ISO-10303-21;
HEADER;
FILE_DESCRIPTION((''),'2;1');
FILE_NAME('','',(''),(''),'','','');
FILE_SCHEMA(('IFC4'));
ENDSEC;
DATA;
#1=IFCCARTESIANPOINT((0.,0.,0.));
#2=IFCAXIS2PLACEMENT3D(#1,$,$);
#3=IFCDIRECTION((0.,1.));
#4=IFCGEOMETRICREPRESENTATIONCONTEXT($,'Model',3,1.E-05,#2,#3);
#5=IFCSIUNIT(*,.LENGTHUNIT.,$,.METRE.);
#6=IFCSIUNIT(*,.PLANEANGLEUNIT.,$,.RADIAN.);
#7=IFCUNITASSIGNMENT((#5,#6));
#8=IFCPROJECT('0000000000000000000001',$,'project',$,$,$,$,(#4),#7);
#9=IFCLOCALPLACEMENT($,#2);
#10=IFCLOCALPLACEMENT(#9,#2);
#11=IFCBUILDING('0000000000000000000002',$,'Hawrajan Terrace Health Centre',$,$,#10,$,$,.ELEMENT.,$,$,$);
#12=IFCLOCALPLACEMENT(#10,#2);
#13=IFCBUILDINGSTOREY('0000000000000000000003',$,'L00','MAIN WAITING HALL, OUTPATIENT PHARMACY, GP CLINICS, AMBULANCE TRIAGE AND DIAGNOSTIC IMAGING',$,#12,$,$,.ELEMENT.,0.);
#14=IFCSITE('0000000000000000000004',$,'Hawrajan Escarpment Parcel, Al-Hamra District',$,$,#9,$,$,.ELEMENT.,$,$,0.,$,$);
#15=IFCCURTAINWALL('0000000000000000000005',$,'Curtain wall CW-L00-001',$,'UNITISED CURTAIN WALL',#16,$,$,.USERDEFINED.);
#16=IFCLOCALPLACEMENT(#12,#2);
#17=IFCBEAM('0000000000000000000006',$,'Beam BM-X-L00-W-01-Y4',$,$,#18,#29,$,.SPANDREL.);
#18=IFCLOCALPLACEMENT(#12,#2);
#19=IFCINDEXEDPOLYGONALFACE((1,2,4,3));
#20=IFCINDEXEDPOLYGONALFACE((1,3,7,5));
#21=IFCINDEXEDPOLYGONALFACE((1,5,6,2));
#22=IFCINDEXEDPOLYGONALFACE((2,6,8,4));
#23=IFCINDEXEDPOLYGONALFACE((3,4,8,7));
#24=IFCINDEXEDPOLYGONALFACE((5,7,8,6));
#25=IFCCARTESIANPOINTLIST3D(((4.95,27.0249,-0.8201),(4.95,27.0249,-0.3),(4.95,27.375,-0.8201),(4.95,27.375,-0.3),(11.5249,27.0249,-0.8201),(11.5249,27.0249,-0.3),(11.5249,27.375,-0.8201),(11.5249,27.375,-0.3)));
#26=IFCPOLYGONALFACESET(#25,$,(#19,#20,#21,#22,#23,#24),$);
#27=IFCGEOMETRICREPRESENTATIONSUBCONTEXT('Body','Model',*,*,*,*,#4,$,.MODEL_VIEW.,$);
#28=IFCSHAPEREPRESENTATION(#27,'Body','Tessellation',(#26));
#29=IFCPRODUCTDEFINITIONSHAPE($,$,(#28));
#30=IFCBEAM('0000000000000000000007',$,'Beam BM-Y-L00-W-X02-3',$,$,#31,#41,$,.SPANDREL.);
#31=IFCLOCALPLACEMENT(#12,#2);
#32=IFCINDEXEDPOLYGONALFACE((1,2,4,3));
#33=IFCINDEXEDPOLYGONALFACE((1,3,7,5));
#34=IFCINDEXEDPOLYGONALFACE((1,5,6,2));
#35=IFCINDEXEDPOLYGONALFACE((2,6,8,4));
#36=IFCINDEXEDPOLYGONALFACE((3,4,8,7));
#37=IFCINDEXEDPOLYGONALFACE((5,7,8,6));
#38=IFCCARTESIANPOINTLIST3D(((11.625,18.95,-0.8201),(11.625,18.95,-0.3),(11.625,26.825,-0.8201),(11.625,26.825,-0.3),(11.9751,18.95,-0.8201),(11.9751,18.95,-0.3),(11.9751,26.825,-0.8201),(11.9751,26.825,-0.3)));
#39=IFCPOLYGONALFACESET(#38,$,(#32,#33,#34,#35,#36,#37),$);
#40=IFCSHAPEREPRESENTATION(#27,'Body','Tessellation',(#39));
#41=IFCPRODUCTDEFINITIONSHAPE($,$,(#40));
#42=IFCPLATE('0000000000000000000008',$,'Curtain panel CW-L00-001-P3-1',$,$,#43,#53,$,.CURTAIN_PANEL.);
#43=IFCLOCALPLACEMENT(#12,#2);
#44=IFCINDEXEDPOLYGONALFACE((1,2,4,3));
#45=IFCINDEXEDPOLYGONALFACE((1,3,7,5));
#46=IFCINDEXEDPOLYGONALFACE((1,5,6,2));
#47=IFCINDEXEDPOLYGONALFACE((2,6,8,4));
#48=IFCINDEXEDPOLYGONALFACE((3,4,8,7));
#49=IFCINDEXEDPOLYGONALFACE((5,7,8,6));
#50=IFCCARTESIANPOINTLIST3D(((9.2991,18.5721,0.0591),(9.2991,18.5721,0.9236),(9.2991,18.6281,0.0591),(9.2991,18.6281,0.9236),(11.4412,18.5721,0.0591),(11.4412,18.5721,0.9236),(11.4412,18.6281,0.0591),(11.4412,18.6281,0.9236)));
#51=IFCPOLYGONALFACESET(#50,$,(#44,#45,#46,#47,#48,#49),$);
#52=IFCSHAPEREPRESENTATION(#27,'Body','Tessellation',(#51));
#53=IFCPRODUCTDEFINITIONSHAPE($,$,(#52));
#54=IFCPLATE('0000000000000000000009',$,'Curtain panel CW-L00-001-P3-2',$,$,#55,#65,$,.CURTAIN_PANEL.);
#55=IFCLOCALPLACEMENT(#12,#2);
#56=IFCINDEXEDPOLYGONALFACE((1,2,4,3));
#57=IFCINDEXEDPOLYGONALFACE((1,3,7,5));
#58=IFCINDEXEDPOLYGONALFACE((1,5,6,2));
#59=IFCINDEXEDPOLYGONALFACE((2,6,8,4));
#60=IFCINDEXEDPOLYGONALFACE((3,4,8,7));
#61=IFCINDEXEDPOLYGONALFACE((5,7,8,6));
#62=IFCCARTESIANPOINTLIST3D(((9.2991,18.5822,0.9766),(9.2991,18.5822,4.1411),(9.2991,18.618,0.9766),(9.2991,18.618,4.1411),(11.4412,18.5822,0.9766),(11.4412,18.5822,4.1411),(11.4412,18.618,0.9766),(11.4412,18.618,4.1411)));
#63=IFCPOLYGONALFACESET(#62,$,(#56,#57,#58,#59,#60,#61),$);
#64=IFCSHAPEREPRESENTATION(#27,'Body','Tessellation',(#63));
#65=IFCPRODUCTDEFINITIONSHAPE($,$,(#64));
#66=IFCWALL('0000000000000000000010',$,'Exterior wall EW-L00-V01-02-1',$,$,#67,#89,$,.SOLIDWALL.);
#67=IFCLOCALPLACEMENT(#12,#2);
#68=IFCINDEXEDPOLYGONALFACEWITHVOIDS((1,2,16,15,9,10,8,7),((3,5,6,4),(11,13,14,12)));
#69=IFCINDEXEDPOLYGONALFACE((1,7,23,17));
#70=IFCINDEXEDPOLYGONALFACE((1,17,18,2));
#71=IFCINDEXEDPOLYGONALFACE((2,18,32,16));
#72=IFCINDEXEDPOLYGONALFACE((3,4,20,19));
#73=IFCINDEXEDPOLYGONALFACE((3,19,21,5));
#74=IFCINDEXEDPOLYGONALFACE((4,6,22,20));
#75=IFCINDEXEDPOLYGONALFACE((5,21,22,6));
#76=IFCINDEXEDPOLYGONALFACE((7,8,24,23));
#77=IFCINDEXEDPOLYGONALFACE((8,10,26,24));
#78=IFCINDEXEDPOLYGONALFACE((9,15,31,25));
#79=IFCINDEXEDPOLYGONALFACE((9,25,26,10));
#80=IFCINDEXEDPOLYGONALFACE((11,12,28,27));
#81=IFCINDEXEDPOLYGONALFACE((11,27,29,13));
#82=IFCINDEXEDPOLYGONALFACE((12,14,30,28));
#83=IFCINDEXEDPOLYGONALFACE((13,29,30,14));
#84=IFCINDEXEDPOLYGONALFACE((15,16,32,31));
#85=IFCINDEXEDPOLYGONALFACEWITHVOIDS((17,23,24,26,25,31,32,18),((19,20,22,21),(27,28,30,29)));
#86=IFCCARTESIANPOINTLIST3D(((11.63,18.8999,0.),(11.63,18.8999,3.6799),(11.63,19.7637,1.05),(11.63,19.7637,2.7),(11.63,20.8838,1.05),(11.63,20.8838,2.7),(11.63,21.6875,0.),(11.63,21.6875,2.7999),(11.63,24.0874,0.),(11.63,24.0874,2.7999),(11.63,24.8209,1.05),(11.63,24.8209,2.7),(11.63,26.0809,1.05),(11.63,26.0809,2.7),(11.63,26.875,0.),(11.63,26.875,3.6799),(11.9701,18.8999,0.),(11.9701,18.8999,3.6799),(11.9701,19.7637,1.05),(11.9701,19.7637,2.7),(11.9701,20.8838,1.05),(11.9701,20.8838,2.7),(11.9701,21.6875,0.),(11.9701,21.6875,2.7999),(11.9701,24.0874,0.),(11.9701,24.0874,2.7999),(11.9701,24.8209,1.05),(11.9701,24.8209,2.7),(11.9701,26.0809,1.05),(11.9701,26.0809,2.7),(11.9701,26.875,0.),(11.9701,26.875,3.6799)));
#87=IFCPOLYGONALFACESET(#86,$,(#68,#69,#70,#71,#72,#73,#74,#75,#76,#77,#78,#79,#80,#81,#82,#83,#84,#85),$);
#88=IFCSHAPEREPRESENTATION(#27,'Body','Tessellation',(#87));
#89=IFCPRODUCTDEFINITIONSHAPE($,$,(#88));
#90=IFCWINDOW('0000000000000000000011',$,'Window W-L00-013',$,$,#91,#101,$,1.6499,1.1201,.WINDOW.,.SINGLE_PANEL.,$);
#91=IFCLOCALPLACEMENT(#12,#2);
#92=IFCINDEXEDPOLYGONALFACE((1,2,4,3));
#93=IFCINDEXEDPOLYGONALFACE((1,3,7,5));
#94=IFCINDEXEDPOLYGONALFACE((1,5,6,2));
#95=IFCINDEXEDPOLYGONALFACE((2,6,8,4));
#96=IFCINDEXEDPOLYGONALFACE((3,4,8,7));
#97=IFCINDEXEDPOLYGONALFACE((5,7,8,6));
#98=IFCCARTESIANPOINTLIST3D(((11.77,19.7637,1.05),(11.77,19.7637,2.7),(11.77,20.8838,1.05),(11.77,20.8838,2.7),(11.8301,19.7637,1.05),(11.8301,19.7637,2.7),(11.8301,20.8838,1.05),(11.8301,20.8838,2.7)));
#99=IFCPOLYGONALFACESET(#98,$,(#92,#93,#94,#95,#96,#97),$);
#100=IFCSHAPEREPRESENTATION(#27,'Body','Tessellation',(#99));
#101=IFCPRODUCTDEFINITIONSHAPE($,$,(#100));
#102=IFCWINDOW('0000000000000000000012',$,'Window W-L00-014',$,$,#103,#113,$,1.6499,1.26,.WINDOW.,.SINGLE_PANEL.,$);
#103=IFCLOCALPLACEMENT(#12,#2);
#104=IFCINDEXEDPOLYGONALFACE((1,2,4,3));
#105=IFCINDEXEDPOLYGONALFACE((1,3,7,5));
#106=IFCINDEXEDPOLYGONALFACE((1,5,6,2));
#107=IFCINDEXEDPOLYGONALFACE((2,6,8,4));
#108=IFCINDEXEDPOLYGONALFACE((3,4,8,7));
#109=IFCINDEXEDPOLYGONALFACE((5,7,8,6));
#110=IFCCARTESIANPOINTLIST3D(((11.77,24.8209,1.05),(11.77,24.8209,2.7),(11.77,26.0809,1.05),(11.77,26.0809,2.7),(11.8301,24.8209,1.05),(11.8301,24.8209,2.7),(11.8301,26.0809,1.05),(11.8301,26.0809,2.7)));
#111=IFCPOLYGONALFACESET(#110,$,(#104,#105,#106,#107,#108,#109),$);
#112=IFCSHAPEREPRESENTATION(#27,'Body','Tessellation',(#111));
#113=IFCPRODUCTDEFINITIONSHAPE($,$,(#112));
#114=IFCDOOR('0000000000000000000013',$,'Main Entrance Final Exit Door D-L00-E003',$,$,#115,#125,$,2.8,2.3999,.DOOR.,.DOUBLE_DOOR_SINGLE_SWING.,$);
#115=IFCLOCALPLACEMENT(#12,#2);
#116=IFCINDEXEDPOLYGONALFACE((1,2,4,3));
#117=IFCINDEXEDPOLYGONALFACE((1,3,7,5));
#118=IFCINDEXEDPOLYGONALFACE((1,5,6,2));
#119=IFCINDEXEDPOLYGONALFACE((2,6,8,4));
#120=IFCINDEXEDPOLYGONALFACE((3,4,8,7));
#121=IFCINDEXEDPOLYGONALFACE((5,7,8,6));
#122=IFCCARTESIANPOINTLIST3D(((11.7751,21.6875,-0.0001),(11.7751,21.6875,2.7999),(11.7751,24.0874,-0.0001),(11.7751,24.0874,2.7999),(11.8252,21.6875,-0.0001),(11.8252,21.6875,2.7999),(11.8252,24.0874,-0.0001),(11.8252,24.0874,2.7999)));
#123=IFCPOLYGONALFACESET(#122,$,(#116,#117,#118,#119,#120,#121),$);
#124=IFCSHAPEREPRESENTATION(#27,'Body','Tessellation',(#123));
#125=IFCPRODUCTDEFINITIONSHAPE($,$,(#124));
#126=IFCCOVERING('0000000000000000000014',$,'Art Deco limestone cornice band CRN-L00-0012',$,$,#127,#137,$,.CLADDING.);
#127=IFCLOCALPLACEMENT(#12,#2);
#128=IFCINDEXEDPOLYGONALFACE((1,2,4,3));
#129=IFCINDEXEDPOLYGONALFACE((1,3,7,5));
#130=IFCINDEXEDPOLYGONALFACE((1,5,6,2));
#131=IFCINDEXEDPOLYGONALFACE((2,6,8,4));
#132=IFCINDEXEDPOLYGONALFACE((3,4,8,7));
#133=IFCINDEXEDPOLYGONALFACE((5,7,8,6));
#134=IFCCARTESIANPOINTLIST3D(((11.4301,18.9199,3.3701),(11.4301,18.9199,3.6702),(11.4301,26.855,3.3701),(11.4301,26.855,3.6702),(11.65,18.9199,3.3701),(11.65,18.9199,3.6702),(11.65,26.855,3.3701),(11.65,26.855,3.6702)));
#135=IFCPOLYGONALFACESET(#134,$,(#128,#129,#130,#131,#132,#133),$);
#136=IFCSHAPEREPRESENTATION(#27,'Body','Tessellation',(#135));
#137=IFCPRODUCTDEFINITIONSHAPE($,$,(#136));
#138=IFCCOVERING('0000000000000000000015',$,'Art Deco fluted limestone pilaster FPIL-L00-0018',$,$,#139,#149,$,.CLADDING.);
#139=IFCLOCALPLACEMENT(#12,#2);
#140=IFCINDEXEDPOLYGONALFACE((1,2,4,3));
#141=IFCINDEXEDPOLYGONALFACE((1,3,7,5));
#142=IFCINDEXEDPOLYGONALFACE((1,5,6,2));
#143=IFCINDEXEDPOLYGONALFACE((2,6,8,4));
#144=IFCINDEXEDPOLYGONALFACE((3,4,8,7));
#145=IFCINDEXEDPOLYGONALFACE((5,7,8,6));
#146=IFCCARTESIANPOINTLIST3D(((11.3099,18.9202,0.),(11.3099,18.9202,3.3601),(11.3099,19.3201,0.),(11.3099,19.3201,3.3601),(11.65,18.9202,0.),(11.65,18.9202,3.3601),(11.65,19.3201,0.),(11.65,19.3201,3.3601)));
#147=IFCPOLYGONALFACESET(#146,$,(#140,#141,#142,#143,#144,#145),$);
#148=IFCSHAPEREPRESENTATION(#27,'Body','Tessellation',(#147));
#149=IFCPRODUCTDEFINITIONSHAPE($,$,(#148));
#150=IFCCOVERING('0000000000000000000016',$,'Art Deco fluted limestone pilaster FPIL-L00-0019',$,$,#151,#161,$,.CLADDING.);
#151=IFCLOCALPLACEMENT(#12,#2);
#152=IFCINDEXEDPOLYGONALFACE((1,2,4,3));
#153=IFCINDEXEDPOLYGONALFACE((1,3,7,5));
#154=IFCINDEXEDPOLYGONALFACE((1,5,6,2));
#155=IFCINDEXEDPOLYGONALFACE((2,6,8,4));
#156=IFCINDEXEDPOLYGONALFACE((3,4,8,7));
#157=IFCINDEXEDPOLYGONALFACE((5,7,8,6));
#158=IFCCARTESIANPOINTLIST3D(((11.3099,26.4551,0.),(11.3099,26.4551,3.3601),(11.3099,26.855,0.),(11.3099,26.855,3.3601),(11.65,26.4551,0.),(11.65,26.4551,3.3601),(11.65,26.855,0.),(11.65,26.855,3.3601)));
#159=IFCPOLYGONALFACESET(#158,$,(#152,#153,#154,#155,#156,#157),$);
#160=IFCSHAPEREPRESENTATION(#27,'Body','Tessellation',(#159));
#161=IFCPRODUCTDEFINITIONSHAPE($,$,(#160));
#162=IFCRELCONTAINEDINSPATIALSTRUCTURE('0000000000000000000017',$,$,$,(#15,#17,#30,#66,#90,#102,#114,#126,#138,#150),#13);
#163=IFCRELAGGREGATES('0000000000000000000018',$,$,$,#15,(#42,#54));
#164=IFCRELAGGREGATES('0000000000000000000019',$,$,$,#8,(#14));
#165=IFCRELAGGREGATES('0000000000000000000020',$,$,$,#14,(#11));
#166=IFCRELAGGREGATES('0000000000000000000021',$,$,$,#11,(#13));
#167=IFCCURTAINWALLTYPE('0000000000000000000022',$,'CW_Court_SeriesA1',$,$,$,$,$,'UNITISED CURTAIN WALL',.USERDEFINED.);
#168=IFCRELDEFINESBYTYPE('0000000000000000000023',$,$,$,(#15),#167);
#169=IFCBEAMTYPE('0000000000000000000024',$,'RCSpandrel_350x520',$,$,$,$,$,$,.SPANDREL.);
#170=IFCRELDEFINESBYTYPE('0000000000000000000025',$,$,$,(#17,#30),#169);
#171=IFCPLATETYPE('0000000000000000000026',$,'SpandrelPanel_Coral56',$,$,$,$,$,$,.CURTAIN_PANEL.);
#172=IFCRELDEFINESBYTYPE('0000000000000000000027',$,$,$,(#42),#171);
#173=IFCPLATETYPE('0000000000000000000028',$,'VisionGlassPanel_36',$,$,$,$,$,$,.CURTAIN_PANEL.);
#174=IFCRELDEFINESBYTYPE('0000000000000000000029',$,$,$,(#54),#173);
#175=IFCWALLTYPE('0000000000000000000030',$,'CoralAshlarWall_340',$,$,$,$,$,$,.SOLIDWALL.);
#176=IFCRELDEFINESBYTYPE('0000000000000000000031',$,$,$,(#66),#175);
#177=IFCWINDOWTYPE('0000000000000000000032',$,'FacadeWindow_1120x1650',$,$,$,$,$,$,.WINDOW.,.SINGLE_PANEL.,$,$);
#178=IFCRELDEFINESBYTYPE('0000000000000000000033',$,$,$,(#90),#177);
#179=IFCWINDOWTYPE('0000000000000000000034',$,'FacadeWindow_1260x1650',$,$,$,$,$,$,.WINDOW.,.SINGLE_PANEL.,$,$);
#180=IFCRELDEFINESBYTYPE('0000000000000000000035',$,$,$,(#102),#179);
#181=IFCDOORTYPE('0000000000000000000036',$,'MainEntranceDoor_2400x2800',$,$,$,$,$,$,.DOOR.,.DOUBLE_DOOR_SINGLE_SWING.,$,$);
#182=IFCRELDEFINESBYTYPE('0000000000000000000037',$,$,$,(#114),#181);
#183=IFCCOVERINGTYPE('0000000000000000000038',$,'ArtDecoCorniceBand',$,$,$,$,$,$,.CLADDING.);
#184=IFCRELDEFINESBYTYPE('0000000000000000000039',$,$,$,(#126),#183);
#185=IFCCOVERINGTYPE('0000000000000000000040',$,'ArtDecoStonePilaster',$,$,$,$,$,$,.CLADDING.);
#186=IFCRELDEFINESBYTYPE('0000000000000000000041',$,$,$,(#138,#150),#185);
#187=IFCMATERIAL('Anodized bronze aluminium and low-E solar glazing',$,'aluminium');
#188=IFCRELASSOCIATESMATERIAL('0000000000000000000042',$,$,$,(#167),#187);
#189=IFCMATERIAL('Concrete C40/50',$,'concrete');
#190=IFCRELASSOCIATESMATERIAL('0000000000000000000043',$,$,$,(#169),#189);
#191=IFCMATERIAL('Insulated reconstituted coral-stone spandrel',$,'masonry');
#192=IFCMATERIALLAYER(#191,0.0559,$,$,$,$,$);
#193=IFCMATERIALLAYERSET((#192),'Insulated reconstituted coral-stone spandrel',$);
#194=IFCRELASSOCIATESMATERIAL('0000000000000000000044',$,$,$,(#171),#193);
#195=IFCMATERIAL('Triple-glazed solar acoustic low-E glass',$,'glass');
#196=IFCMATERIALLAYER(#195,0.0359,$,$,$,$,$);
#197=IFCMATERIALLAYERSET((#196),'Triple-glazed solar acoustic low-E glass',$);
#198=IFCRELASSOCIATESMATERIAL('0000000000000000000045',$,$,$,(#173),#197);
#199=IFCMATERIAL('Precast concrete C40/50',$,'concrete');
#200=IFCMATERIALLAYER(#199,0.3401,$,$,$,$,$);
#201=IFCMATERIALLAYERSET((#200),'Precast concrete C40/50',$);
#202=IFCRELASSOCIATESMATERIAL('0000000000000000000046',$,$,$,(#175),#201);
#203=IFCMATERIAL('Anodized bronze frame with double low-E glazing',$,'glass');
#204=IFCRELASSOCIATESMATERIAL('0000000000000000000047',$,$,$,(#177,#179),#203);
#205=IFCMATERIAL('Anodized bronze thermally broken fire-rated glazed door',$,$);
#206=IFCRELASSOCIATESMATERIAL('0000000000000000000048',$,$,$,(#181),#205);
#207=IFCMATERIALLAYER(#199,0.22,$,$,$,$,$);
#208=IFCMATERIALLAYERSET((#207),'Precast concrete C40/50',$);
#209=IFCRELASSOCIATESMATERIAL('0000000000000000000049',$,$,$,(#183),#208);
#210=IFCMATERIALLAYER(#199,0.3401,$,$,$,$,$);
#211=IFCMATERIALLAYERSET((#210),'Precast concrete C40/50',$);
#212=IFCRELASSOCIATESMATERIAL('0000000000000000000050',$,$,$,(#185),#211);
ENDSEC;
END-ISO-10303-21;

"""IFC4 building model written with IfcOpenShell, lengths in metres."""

from ifc_helpers import new_model, si_unit, direction, frame, frame_2d, origin, origin_2d, place, context, subcontext, project, spatial, rectangle, extrude, material, layer, layer_set, material_profile, profile_set, type_object, element, fill, aggregate, save


model = new_model("IFC4")

# Units and contexts
model_context = context("Model", 3, precision=1e-05, world=origin(), true_north=direction((0.0, 1.0)))
body_context = subcontext(model_context, "Body", "Model", "MODEL_VIEW")
ifc_project = project(units=[si_unit("LENGTHUNIT", "METRE"), si_unit("PLANEANGLEUNIT", "RADIAN")], contexts=[model_context])

# Site, building, storey
site_placement = place(None, origin())
site = spatial("IfcSite", under=ifc_project, at=site_placement, Name="Hawrajan Escarpment Parcel, Al-Hamra District", CompositionType="ELEMENT", RefElevation=0.0)
building_placement = place(site_placement, origin())
building = spatial("IfcBuilding", under=site, at=building_placement, Name="Hawrajan Terrace Health Centre", CompositionType="ELEMENT")
storey_placement = place(building_placement, origin())
storey = spatial("IfcBuildingStorey", under=building, at=storey_placement, Name="L00", Description="MAIN WAITING HALL, OUTPATIENT PHARMACY, GP CLINICS, AMBULANCE TRIAGE AND DIAGNOSTIC IMAGING", CompositionType="ELEMENT", Elevation=0.0)

# Shared definitions
ifc_material_1 = material(Name="Concrete C40/50", Category="concrete")

# Curtain wall
ifc_material_2 = material(Name="Anodized bronze aluminium and low-E solar glazing", Category="aluminium")
curtain_wall_type_1 = type_object("IfcCurtainWallType", Name="CW_Court_SeriesA1", ElementType="UNITISED CURTAIN WALL", PredefinedType="USERDEFINED", material=ifc_material_2)
curtain_wall_1_placement = place(storey_placement, origin())
curtain_wall_1 = element("IfcCurtainWall", 1, at=curtain_wall_1_placement, inside=storey, type_object=curtain_wall_type_1, Name="Curtain wall CW-L00-001", ObjectType="UNITISED CURTAIN WALL", PredefinedType="USERDEFINED")

# Beams
ifc_material_profile_1 = material_profile(ifc_material_1, rectangle(XDim=0.3501, YDim=0.52, at=origin_2d()), Name="RC SP 350x520")
ifc_profile_set_1 = profile_set([ifc_material_profile_1], Name="Concrete C40/50")
beam_type = type_object("IfcBeamType", Name="RCSpandrel_350x520", PredefinedType="SPANDREL", material=ifc_profile_set_1)
beam_1_placement = place(storey_placement, frame((4.95, 27.2, -0.5601), z_axis=(1.0, 0.0, 0.0), x_axis=(0.0, 1.0, 0.0)))
element("IfcBeam", 2, at=beam_1_placement, inside=storey, type_object=beam_type, Name="Beam BM-X-L00-W-01-Y4", PredefinedType="SPANDREL", context=body_context, shape_type="SweptSolid", body=[
    extrude(rectangle(XDim=0.3501, YDim=0.52, at=origin_2d()), origin(), (0.0, 0.0, 1.0), 6.575),
])
beam_2_placement = place(storey_placement, frame((11.8, 18.95, -0.5601), z_axis=(0.0, 1.0, 0.0), x_axis=(-1.0, 0.0, 0.0)))
element("IfcBeam", 3, at=beam_2_placement, inside=storey, type_object=beam_type, Name="Beam BM-Y-L00-W-X02-3", PredefinedType="SPANDREL", context=body_context, shape_type="SweptSolid", body=[
    extrude(rectangle(XDim=0.3501, YDim=0.52, at=origin_2d()), origin(), (0.0, 0.0, 1.0), 7.875),
])

# Plates
ifc_material_3 = material(Name="Insulated reconstituted coral-stone spandrel", Category="masonry")
ifc_layer_1 = layer(ifc_material_3, 0.0559)
ifc_layer_set_1 = layer_set([ifc_layer_1], Name="Insulated reconstituted coral-stone spandrel")
plate_type_1 = type_object("IfcPlateType", Name="SpandrelPanel_Coral56", PredefinedType="CURTAIN_PANEL", material=ifc_layer_set_1)
plate_1_placement = place(storey_placement, frame((10.3701, 18.6001, 0.0591), z_axis=(0.0, 0.0, 1.0), x_axis=(1.0, 0.0, 0.0)))
plate_1 = element("IfcPlate", 4, at=plate_1_placement, type_object=plate_type_1, Name="Curtain panel CW-L00-001-P3-1", PredefinedType="CURTAIN_PANEL", context=body_context, shape_type="SweptSolid", body=[
    extrude(rectangle(XDim=2.1421, YDim=0.0559, at=origin_2d()), origin(), (0.0, 0.0, 1.0), 0.8645),
])
ifc_material_4 = material(Name="Triple-glazed solar acoustic low-E glass", Category="glass")
ifc_layer_2 = layer(ifc_material_4, 0.0359)
ifc_layer_set_2 = layer_set([ifc_layer_2], Name="Triple-glazed solar acoustic low-E glass")
plate_type_2 = type_object("IfcPlateType", Name="VisionGlassPanel_36", PredefinedType="CURTAIN_PANEL", material=ifc_layer_set_2)
plate_2_placement = place(storey_placement, frame((10.3701, 18.6001, 0.9766), z_axis=(0.0, 0.0, 1.0), x_axis=(1.0, 0.0, 0.0)))
plate_2 = element("IfcPlate", 5, at=plate_2_placement, type_object=plate_type_2, Name="Curtain panel CW-L00-001-P3-2", PredefinedType="CURTAIN_PANEL", context=body_context, shape_type="SweptSolid", body=[
    extrude(rectangle(XDim=2.1421, YDim=0.0359, at=origin_2d()), origin(), (0.0, 0.0, 1.0), 3.1646),
])
aggregate(curtain_wall_1, [plate_1, plate_2])

# Wall, openings, windows, door
ifc_material_5 = material(Name="Precast concrete C40/50", Category="concrete")
ifc_layer_3 = layer(ifc_material_5, 0.3401)
ifc_layer_set_3 = layer_set([ifc_layer_3], Name="Precast concrete C40/50")
wall_type = type_object("IfcWallType", Name="CoralAshlarWall_340", PredefinedType="SOLIDWALL", material=ifc_layer_set_3)
wall_placement = place(storey_placement, frame((11.8, 18.8999, 0.0), z_axis=(0.0, 0.0, 1.0), x_axis=(0.0, 1.0, 0.0)))
wall = element("IfcWall", 6, at=wall_placement, inside=storey, type_object=wall_type, Name="Exterior wall EW-L00-V01-02-1", PredefinedType="SOLIDWALL", context=body_context, shape_type="SweptSolid", body=[
    extrude(rectangle(XDim=7.9751, YDim=0.3401, at=frame_2d((3.9875, 0.0))), origin(), (0.0, 0.0, 1.0), 3.6799),
])
opening_1_placement = place(wall_placement, frame((2.7876, 0.0, 0.0)))
opening_1 = element("IfcOpeningElement", 7, at=opening_1_placement, cuts=wall, PredefinedType="OPENING", context=body_context, shape_type="SweptSolid", body=[
    extrude(rectangle(XDim=2.3999, YDim=2.8, at=frame_2d((1.2, 1.3999))), frame((0.0, 0.1799, 0.0), z_axis=(0.0, -1.0, 0.0), x_axis=(1.0, 0.0, 0.0)), (0.0, 0.0, 1.0), 0.3601),
])
opening_2_placement = place(wall_placement, frame((0.8638, 0.0, 1.05)))
opening_2 = element("IfcOpeningElement", 8, at=opening_2_placement, cuts=wall, PredefinedType="OPENING", context=body_context, shape_type="SweptSolid", body=[
    extrude(rectangle(XDim=1.1201, YDim=1.6499, at=frame_2d((0.5601, 0.825))), frame((0.0, 0.1799, 0.0), z_axis=(0.0, -1.0, 0.0), x_axis=(1.0, 0.0, 0.0)), (0.0, 0.0, 1.0), 0.3601),
])
opening_3_placement = place(wall_placement, frame((5.9211, 0.0, 1.05)))
opening_3 = element("IfcOpeningElement", 9, at=opening_3_placement, cuts=wall, PredefinedType="OPENING", context=body_context, shape_type="SweptSolid", body=[
    extrude(rectangle(XDim=1.26, YDim=1.6499, at=frame_2d((0.6299, 0.825))), frame((0.0, 0.1799, 0.0), z_axis=(0.0, -1.0, 0.0), x_axis=(1.0, 0.0, 0.0)), (0.0, 0.0, 1.0), 0.3601),
])
ifc_material_6 = material(Name="Anodized bronze frame with double low-E glazing", Category="glass")
window_type_1 = type_object("IfcWindowType", Name="FacadeWindow_1120x1650", PartitioningType="SINGLE_PANEL", PredefinedType="WINDOW", material=ifc_material_6)
window_1_placement = place(opening_2_placement, origin())
window_1 = element("IfcWindow", 10, at=window_1_placement, inside=storey, type_object=window_type_1, Name="Window W-L00-013", OverallHeight=1.6499, OverallWidth=1.1201, PartitioningType="SINGLE_PANEL", PredefinedType="WINDOW", context=body_context, shape_type="SweptSolid", body=[
    extrude(rectangle(XDim=1.1201, YDim=1.6499, at=frame_2d((0.5601, 0.825))), frame((0.0, 0.03, 0.0), z_axis=(0.0, -1.0, 0.0), x_axis=(1.0, 0.0, 0.0)), (0.0, 0.0, 1.0), 0.0601),
])
fill(opening_2, window_1)
window_type_2 = type_object("IfcWindowType", Name="FacadeWindow_1260x1650", PartitioningType="SINGLE_PANEL", PredefinedType="WINDOW", material=ifc_material_6)
window_2_placement = place(opening_3_placement, origin())
window_2 = element("IfcWindow", 11, at=window_2_placement, inside=storey, type_object=window_type_2, Name="Window W-L00-014", OverallHeight=1.6499, OverallWidth=1.26, PartitioningType="SINGLE_PANEL", PredefinedType="WINDOW", context=body_context, shape_type="SweptSolid", body=[
    extrude(rectangle(XDim=1.26, YDim=1.6499, at=frame_2d((0.6299, 0.825))), frame((0.0, 0.03, 0.0), z_axis=(0.0, -1.0, 0.0), x_axis=(1.0, 0.0, 0.0)), (0.0, 0.0, 1.0), 0.0601),
])
fill(opening_3, window_2)
ifc_material_7 = material(Name="Anodized bronze thermally broken fire-rated glazed door")
door_type = type_object("IfcDoorType", Name="MainEntranceDoor_2400x2800", OperationType="DOUBLE_DOOR_SINGLE_SWING", PredefinedType="DOOR", material=ifc_material_7)
door_placement = place(opening_1_placement, origin())
door = element("IfcDoor", 12, at=door_placement, inside=storey, type_object=door_type, Name="Main Entrance Final Exit Door D-L00-E003", OperationType="DOUBLE_DOOR_SINGLE_SWING", OverallHeight=2.8, OverallWidth=2.3999, PredefinedType="DOOR", context=body_context, shape_type="SweptSolid", body=[
    extrude(rectangle(XDim=2.3999, YDim=2.8, at=frame_2d((1.2, 1.3999))), frame((0.0, 0.0249, 0.0), z_axis=(0.0, -1.0, 0.0), x_axis=(1.0, 0.0, 0.0)), (0.0, 0.0, 1.0), 0.05),
])
fill(opening_1, door)

# Coverings
ifc_layer_4 = layer(ifc_material_5, 0.22)
ifc_layer_set_4 = layer_set([ifc_layer_4], Name="Precast concrete C40/50")
covering_type_1 = type_object("IfcCoveringType", Name="ArtDecoCorniceBand", PredefinedType="CLADDING", material=ifc_layer_set_4)
covering_placement = place(storey_placement, frame((11.54, 22.8875, 3.3701), z_axis=(0.0, 0.0, 1.0), x_axis=(0.0, 1.0, 0.0)))
element("IfcCovering", 13, at=covering_placement, inside=storey, type_object=covering_type_1, Name="Art Deco limestone cornice band CRN-L00-0012", PredefinedType="CLADDING", context=body_context, shape_type="SweptSolid", body=[
    extrude(rectangle(XDim=7.9351, YDim=0.22, at=origin_2d()), origin(), (0.0, 0.0, 1.0), 0.3),
])
ifc_layer_5 = layer(ifc_material_5, 0.3401)
ifc_layer_set_5 = layer_set([ifc_layer_5], Name="Precast concrete C40/50")
covering_type_2 = type_object("IfcCoveringType", Name="ArtDecoStonePilaster", PredefinedType="CLADDING", material=ifc_layer_set_5)
for number, where, z_axis, x_axis, name in (
    (14, (11.48, 19.1201, 0.0), (0.0, 0.0, 1.0), (0.0, 1.0, 0.0), "Art Deco fluted limestone pilaster FPIL-L00-0018"),
    (15, (11.48, 26.655, 0.0), (0.0, 0.0, 1.0), (0.0, 1.0, 0.0), "Art Deco fluted limestone pilaster FPIL-L00-0019"),
):
    element("IfcCovering", number, at=place(storey_placement, frame(where, z_axis=z_axis, x_axis=x_axis)), inside=storey, type_object=covering_type_2, Name=name, PredefinedType="CLADDING", context=body_context, shape_type="SweptSolid", body=[
        extrude(rectangle(XDim=0.3999, YDim=0.3401, at=origin_2d()), origin(), (0.0, 0.0, 1.0), 3.3601),
    ])

save(model, "model.ifc")
